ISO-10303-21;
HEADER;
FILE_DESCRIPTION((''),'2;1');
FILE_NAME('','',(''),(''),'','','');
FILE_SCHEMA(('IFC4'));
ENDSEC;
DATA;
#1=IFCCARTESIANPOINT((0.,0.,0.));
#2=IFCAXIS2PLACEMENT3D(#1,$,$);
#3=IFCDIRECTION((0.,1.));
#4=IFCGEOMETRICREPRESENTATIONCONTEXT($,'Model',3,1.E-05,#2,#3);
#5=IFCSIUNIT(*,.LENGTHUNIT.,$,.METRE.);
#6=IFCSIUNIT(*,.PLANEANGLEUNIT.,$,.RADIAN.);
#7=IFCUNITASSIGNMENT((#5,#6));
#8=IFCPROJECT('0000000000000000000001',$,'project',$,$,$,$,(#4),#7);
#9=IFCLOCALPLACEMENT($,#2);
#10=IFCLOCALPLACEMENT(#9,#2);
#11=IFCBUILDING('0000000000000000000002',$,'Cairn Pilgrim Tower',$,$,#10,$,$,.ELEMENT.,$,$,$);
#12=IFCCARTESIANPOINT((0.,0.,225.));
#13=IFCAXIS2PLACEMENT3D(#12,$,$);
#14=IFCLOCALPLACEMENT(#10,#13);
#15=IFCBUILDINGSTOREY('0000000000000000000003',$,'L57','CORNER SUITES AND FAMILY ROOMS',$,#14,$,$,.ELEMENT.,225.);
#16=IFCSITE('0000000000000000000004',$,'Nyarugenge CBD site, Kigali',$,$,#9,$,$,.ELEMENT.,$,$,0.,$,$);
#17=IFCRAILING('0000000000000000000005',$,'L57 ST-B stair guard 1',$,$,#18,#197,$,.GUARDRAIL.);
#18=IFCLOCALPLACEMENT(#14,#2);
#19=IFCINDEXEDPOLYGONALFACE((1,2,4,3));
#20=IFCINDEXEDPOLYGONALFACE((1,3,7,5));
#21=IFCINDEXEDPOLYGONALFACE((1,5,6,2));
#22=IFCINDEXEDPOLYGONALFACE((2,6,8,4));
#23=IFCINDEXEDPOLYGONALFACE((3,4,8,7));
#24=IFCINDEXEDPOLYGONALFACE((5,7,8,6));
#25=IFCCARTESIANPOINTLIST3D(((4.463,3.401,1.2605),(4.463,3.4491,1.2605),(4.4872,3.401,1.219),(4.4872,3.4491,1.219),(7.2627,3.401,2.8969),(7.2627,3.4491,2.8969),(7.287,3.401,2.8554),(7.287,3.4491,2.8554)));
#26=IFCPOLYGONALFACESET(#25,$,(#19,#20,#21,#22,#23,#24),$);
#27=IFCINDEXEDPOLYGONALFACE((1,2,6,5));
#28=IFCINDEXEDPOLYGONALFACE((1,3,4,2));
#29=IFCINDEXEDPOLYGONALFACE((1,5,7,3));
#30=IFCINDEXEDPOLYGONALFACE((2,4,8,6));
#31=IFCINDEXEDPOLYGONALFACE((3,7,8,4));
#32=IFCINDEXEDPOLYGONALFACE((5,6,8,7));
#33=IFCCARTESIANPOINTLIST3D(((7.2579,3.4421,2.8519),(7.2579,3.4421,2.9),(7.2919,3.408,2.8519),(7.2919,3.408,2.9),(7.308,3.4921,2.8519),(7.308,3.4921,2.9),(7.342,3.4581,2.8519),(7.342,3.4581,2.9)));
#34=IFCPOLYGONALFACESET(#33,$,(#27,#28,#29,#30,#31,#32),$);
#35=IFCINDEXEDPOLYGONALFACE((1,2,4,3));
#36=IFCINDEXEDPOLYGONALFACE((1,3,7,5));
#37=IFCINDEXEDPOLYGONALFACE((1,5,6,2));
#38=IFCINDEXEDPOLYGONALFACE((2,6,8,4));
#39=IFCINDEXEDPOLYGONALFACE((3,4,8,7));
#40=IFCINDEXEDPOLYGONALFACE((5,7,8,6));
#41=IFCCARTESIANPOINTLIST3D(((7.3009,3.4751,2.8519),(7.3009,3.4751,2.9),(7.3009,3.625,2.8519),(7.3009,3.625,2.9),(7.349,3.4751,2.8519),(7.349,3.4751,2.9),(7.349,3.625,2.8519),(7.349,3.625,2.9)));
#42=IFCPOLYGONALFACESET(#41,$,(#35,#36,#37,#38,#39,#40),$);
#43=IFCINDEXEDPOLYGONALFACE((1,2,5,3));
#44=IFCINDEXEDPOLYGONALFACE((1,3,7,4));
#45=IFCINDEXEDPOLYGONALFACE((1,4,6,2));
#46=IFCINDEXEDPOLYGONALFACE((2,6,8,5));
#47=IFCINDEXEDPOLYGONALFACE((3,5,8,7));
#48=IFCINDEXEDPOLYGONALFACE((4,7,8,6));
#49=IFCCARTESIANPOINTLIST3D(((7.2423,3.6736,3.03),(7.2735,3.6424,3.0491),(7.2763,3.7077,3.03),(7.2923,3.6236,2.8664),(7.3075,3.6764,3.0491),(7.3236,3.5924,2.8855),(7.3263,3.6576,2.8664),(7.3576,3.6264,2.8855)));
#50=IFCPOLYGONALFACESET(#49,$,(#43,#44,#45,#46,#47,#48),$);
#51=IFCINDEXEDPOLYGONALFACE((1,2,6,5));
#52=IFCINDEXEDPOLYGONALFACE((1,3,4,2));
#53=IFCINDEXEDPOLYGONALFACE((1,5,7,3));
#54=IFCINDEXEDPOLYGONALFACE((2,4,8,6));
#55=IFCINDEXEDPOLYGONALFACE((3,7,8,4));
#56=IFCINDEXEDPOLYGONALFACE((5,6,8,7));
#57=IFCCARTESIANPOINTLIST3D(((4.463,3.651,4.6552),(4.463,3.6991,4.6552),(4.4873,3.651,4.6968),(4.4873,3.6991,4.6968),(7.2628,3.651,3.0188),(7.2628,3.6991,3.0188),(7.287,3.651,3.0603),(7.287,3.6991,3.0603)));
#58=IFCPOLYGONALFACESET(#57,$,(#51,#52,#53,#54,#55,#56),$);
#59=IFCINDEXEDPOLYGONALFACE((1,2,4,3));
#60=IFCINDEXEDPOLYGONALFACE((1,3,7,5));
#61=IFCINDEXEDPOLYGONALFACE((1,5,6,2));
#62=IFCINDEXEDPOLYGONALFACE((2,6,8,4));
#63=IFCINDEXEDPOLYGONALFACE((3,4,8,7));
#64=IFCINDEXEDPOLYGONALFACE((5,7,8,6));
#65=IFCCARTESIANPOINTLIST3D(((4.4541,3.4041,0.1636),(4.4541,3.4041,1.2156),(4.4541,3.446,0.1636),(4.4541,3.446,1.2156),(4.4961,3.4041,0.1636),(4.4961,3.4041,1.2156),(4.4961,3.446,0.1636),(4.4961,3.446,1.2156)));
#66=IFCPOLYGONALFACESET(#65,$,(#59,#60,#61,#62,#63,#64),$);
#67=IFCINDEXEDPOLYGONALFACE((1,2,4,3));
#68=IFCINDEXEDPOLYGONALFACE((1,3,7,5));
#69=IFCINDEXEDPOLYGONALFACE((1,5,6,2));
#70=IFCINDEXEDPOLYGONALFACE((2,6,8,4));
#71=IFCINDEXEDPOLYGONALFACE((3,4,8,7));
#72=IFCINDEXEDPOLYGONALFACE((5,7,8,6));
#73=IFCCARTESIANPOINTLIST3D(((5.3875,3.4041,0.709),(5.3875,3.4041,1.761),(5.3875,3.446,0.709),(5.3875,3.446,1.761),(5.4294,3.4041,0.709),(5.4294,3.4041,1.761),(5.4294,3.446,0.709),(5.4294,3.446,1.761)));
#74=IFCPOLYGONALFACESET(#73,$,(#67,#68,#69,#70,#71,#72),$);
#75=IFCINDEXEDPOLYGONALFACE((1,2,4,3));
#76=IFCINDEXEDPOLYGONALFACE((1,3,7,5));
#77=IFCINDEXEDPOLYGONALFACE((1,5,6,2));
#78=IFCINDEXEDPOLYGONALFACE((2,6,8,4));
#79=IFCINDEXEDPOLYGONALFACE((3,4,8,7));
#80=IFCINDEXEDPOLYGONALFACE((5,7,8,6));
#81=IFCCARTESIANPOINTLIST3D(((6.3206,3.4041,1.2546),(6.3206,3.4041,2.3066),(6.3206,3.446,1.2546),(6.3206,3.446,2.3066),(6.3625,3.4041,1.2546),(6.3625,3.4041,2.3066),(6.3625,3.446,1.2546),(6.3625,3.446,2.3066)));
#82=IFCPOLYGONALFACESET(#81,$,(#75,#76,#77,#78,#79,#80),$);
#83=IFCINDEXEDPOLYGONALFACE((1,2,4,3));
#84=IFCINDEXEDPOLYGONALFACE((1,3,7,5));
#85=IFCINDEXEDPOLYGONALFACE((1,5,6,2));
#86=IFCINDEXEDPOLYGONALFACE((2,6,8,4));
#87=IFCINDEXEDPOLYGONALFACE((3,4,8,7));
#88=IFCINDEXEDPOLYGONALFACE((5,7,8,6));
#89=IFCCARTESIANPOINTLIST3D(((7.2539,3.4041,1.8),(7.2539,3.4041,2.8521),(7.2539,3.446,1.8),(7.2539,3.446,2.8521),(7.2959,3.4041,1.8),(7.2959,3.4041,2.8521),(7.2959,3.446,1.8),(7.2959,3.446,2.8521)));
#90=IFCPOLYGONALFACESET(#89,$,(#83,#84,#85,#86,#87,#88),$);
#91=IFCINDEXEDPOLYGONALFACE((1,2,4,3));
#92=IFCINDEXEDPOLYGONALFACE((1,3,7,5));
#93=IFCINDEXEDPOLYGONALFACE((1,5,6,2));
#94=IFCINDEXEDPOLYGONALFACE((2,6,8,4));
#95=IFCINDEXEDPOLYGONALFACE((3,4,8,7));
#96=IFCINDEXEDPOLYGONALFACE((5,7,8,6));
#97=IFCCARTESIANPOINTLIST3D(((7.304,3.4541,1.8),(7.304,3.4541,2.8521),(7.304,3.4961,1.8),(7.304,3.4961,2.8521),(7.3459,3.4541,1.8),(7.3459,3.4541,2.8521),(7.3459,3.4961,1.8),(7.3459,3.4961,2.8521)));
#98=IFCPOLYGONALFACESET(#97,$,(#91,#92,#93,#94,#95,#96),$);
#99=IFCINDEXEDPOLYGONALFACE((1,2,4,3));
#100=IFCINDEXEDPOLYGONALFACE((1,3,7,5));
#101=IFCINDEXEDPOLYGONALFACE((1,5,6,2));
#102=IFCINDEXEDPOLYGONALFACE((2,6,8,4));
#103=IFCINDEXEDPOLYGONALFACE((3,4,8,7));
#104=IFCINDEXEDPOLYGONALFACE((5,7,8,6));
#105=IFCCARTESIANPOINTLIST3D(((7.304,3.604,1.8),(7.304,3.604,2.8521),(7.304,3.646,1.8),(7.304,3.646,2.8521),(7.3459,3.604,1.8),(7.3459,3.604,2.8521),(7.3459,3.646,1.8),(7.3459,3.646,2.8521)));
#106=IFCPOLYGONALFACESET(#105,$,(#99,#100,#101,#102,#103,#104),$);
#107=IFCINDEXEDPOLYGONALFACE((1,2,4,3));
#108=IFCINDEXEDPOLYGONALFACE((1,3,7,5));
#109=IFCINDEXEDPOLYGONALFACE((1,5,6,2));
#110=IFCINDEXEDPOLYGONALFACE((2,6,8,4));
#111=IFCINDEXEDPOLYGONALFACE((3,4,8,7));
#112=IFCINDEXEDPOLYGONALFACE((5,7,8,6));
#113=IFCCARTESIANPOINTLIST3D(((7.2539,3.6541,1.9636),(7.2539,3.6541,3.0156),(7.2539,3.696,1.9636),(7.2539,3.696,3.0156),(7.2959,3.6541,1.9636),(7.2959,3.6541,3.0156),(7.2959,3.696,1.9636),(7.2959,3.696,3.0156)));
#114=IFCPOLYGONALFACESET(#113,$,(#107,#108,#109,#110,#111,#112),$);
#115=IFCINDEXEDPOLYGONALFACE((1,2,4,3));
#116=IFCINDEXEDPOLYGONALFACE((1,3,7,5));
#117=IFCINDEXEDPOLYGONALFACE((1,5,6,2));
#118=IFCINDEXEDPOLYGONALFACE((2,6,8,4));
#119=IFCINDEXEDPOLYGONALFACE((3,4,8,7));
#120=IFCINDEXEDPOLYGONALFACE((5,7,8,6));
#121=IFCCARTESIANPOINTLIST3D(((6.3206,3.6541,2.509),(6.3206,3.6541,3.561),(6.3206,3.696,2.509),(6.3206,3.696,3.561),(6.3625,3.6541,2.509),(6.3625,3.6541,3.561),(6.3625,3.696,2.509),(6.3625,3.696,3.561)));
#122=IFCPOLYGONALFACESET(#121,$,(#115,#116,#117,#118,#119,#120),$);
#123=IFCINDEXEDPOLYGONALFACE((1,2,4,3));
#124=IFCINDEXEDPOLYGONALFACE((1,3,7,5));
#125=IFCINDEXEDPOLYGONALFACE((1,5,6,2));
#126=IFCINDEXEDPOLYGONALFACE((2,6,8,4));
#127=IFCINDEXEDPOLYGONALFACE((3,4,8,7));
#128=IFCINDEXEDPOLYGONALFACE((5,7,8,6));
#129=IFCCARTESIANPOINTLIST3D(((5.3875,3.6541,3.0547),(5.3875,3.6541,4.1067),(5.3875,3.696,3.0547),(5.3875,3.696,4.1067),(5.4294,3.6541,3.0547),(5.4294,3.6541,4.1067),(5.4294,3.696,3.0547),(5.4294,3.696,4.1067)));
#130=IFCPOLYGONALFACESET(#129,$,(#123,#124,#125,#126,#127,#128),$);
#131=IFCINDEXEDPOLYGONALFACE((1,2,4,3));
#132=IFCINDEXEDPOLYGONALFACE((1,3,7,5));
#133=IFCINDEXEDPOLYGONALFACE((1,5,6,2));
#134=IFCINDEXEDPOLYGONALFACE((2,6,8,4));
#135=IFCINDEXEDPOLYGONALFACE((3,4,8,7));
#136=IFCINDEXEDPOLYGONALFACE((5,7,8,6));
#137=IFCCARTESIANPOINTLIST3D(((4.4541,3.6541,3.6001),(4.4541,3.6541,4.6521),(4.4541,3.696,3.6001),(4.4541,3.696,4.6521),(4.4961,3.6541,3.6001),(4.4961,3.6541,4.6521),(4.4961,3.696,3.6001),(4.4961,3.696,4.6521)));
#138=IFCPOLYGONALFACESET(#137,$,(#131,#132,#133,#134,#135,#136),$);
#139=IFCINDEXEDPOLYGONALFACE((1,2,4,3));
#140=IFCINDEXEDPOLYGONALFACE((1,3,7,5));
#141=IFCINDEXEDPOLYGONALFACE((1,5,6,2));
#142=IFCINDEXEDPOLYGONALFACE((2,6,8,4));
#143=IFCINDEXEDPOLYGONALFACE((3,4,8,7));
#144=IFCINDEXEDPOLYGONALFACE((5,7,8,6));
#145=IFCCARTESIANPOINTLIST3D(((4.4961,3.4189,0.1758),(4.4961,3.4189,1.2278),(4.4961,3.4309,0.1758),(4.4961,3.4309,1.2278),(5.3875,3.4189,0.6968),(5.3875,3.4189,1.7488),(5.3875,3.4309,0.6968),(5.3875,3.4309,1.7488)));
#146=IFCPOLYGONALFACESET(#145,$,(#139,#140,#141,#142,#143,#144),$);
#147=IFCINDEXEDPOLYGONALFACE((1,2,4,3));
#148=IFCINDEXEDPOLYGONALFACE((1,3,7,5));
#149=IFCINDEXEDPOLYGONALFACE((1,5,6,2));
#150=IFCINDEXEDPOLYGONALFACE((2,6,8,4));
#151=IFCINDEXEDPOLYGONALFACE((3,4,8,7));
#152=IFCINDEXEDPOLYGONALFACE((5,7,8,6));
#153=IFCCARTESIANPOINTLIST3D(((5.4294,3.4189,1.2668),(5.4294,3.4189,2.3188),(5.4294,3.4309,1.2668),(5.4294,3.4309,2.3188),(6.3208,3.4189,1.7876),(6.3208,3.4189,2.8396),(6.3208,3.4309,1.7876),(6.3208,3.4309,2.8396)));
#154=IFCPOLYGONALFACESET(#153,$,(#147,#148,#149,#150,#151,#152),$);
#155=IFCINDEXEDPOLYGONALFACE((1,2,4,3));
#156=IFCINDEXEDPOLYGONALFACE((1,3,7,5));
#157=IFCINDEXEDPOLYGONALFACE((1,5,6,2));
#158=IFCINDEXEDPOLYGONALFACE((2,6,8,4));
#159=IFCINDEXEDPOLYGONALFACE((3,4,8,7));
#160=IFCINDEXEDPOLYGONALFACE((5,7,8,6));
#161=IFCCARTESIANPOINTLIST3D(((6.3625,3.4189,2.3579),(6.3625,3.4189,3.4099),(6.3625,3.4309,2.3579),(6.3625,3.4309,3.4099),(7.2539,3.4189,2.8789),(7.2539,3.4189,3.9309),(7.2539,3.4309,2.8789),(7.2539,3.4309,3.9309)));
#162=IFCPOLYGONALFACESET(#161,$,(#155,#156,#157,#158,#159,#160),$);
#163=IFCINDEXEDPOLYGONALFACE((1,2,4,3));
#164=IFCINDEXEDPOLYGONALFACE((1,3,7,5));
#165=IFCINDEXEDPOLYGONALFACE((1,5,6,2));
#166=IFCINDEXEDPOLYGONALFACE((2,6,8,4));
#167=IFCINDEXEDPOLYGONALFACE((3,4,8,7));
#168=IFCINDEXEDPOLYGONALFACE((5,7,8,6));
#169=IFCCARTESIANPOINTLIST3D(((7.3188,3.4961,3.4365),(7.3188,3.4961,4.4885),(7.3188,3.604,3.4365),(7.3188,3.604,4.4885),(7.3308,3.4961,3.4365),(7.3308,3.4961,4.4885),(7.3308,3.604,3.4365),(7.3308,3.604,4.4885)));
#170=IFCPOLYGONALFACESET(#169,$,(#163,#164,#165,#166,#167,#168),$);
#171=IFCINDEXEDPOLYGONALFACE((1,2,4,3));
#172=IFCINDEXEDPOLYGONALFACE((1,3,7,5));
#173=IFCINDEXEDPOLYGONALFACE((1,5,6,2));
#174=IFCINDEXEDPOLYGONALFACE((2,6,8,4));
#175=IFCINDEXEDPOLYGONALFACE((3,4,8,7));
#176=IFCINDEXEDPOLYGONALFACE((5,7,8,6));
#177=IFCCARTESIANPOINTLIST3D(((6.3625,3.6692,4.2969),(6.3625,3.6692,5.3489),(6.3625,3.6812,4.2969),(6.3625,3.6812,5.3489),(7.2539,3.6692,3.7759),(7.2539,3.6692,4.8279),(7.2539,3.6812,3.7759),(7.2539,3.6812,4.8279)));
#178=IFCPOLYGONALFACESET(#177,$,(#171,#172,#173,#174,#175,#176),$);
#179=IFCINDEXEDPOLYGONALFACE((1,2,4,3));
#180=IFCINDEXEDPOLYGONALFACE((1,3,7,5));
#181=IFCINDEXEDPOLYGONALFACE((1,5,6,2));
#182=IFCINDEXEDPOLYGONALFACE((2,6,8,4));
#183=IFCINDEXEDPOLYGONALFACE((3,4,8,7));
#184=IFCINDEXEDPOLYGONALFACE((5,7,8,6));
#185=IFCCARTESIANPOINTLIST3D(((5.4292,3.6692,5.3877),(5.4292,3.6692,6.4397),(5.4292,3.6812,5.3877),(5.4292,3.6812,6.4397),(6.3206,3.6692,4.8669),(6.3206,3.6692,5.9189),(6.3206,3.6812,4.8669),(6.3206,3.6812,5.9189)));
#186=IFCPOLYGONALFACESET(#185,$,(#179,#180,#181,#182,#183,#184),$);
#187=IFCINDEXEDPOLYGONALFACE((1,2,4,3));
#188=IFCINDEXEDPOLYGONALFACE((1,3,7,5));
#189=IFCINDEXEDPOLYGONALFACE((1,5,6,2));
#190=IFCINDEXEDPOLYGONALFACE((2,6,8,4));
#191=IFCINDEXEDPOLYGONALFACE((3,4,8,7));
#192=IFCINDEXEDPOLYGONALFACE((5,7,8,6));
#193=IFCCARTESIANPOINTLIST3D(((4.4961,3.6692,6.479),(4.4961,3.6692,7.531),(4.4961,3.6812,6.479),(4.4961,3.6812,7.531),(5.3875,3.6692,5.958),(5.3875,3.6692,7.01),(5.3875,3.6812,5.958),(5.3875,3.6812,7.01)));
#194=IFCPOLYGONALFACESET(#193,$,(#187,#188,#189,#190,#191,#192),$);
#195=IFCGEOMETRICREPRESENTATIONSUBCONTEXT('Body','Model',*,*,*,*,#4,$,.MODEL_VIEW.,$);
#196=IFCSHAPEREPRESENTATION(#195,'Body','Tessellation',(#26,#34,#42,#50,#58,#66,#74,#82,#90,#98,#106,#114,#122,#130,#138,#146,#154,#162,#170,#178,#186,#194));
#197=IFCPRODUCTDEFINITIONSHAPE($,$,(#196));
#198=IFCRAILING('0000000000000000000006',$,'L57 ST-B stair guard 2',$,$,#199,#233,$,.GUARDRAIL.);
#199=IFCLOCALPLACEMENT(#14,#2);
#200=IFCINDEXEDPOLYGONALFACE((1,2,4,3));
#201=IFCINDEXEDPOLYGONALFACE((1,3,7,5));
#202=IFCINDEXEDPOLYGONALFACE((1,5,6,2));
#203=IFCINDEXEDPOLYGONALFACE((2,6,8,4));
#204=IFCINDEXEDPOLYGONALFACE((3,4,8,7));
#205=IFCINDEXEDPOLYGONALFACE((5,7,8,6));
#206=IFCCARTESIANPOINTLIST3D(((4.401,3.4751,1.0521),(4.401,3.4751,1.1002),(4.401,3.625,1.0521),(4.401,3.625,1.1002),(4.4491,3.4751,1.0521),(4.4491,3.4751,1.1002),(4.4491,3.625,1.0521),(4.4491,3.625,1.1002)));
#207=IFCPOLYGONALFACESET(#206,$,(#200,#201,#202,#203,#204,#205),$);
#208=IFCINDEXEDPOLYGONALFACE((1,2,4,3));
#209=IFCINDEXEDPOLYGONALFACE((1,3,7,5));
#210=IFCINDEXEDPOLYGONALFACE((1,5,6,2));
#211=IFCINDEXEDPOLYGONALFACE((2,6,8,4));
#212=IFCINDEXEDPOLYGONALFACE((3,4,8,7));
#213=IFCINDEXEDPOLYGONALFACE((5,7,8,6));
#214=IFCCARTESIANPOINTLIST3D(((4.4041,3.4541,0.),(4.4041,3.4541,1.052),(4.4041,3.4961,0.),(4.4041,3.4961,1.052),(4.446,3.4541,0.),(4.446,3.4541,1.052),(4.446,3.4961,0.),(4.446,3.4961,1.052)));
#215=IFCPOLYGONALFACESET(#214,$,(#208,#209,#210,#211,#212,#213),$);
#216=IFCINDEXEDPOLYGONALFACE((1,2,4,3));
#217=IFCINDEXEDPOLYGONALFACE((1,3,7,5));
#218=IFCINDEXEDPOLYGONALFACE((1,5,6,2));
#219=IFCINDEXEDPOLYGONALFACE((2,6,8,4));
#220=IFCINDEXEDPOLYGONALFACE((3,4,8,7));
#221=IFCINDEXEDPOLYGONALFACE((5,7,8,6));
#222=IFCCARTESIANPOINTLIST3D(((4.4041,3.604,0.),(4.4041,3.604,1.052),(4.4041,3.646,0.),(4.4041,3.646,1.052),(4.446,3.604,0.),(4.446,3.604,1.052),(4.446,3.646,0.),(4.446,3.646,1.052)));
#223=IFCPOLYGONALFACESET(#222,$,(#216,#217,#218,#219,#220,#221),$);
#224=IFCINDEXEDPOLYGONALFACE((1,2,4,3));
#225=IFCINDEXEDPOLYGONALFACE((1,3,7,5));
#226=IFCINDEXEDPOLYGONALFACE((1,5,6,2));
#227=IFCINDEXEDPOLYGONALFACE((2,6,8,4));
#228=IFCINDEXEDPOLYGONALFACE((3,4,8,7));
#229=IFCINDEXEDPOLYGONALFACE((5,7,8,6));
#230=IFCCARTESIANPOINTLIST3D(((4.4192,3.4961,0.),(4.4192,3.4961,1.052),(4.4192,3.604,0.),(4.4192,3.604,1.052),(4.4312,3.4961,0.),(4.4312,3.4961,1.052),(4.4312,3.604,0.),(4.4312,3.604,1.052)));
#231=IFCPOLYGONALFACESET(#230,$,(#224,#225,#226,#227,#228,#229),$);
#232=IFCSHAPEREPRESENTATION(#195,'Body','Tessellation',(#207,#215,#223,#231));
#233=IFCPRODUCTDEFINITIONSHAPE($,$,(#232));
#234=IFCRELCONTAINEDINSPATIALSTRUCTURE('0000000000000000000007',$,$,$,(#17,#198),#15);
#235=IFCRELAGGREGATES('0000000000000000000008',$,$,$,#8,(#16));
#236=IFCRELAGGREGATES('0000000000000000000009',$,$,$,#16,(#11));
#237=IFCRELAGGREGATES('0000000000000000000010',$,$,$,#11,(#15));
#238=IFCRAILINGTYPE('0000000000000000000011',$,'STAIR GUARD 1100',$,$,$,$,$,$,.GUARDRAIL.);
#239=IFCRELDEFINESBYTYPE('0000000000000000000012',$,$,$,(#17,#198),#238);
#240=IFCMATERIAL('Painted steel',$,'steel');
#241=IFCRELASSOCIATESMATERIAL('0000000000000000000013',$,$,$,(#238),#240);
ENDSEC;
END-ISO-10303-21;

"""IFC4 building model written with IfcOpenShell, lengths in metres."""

from ifc_helpers import new_model, si_unit, direction, frame, origin, origin_2d, place, context, subcontext, project, spatial, polyline, rectangle, outline, extrude, material, type_object, element, save


model = new_model("IFC4")

# Units and contexts
model_context = context("Model", 3, precision=1e-05, world=origin(), true_north=direction((0.0, 1.0)))
body_context = subcontext(model_context, "Body", "Model", "MODEL_VIEW")
ifc_project = project(units=[si_unit("LENGTHUNIT", "METRE"), si_unit("PLANEANGLEUNIT", "RADIAN")], contexts=[model_context])

# Site, building, storey
site_placement = place(None, origin())
site = spatial("IfcSite", under=ifc_project, at=site_placement, Name="Nyarugenge CBD site, Kigali", CompositionType="ELEMENT", RefElevation=0.0)
building_placement = place(site_placement, origin())
building = spatial("IfcBuilding", under=site, at=building_placement, Name="Cairn Pilgrim Tower", CompositionType="ELEMENT")
storey_placement = place(building_placement, frame((0.0, 0.0, 225.0)))
storey = spatial("IfcBuildingStorey", under=building, at=storey_placement, Name="L57", Description="CORNER SUITES AND FAMILY ROOMS", CompositionType="ELEMENT", Elevation=225.0)

# Shared definitions
ifc_material_1 = material(Name="Painted steel", Category="steel")

# Railings
railing_type_1 = type_object("IfcRailingType", Name="STAIR GUARD 1100", PredefinedType="GUARDRAIL", material=ifc_material_1)
railing_1_placement = place(storey_placement, frame((4.4751, 3.425, 0.1636)))
element("IfcRailing", 1, at=railing_1_placement, inside=storey, type_object=railing_type_1, Name="L57 ST-B stair guard 1", PredefinedType="GUARDRAIL", context=body_context, shape_type="SweptSolid", body=[
    extrude(rectangle(XDim=0.0481, YDim=0.0481, at=origin_2d()), frame((0.0, 0.0, 1.0762), z_axis=(0.863342, 0.0, 0.50462), x_axis=(0.0, 1.0, 0.0)), (0.0, 0.0, 1.0), 3.2429),
    extrude(rectangle(XDim=0.0481, YDim=0.0481, at=origin_2d()), frame((2.7998, 0.0, 2.7124), z_axis=(0.707107, 0.707107, 0.0), x_axis=(-0.707107, 0.707107, 0.0)), (0.0, 0.0, 1.0), 0.0708),
    extrude(rectangle(XDim=0.0481, YDim=0.0481, at=origin_2d()), frame((2.8499, 0.05, 2.7124), z_axis=(0.0, 1.0, 0.0), x_axis=(-1.0, 0.0, 0.0)), (0.0, 0.0, 1.0), 0.1499),
    extrude(rectangle(XDim=0.0481, YDim=0.0481, at=origin_2d()), frame((2.8499, 0.2, 2.7124), z_axis=(-0.280809, 0.280809, 0.917765), x_axis=(-0.707107, -0.707107, 0.0)), (0.0, 0.0, 1.0), 0.1782),
    extrude(rectangle(XDim=0.0481, YDim=0.0481, at=origin_2d()), frame((2.7998, 0.25, 2.876), z_axis=(-0.863342, 0.0, 0.50462), x_axis=(0.0, -1.0, 0.0)), (0.0, 0.0, 1.0), 3.2429),
    extrude(rectangle(XDim=0.042, YDim=0.042, at=origin_2d()), origin(), (0.0, 0.0, 1.0), 1.052),
    extrude(rectangle(XDim=0.042, YDim=0.042, at=origin_2d()), frame((0.9333, 0.0, 0.5454)), (0.0, 0.0, 1.0), 1.052),
    extrude(rectangle(XDim=0.042, YDim=0.042, at=origin_2d()), frame((1.8665, 0.0, 1.0911)), (0.0, 0.0, 1.0), 1.052),
    extrude(rectangle(XDim=0.042, YDim=0.042, at=origin_2d()), frame((2.7998, 0.0, 1.6365)), (0.0, 0.0, 1.0), 1.052),
    extrude(rectangle(XDim=0.042, YDim=0.042, at=origin_2d()), frame((2.8499, 0.05, 1.6365)), (0.0, 0.0, 1.0), 1.052),
    extrude(rectangle(XDim=0.042, YDim=0.042, at=origin_2d()), frame((2.8499, 0.2, 1.6365)), (0.0, 0.0, 1.0), 1.052),
    extrude(rectangle(XDim=0.042, YDim=0.042, at=origin_2d()), frame((2.7998, 0.25, 1.8)), (0.0, 0.0, 1.0), 1.052),
    extrude(rectangle(XDim=0.042, YDim=0.042, at=origin_2d()), frame((1.8665, 0.25, 2.3455)), (0.0, 0.0, 1.0), 1.052),
    extrude(rectangle(XDim=0.042, YDim=0.042, at=origin_2d()), frame((0.9333, 0.25, 2.8911)), (0.0, 0.0, 1.0), 1.052),
    extrude(rectangle(XDim=0.042, YDim=0.042, at=origin_2d()), frame((0.0, 0.25, 3.4365)), (0.0, 0.0, 1.0), 1.052),
    extrude(outline(polyline([(0.021, 0.0122), (0.9124, 0.5332), (0.9124, 1.5852), (0.021, 1.0642), (0.021, 0.0122)])), frame((0.0, 0.0059, 0.0), z_axis=(0.0, -1.0, 0.0), x_axis=(1.0, 0.0, 0.0)), (0.0, 0.0, 1.0), 0.012),
    extrude(outline(polyline([(0.021, 0.5579), (0.9124, 1.0786), (0.9124, 2.1306), (0.021, 1.6099), (0.021, 0.5579)])), frame((0.9333, 0.0059, 0.5454), z_axis=(0.0, -1.0, 0.0), x_axis=(1.0, 0.0, 0.0)), (0.0, 0.0, 1.0), 0.012),
    extrude(outline(polyline([(0.021, 1.1033), (0.9124, 1.6243), (0.9124, 2.6763), (0.021, 2.1553), (0.021, 1.1033)])), frame((1.8665, 0.0059, 1.0911), z_axis=(0.0, -1.0, 0.0), x_axis=(1.0, 0.0, 0.0)), (0.0, 0.0, 1.0), 0.012),
    extrude(outline(polyline([(0.021, 1.6365), (0.1289, 1.6365), (0.1289, 2.6885), (0.021, 2.6885), (0.021, 1.6365)])), frame((2.8438, 0.05, 1.6365), z_axis=(1.0, 0.0, 0.0), x_axis=(0.0, 1.0, 0.0)), (0.0, 0.0, 1.0), 0.012),
    extrude(outline(polyline([(0.021, 1.8123), (0.9124, 2.3333), (0.9124, 3.3853), (0.021, 2.8643), (0.021, 1.8123)])), frame((2.7998, 0.2441, 1.8), z_axis=(0.0, 1.0, 0.0), x_axis=(-1.0, 0.0, 0.0)), (0.0, 0.0, 1.0), 0.012),
    extrude(outline(polyline([(0.021, 2.3579), (0.9124, 2.8787), (0.9124, 3.9307), (0.021, 3.4099), (0.021, 2.3579)])), frame((1.8665, 0.2441, 2.3455), z_axis=(0.0, 1.0, 0.0), x_axis=(-1.0, 0.0, 0.0)), (0.0, 0.0, 1.0), 0.012),
    extrude(outline(polyline([(0.021, 2.9033), (0.9124, 3.4243), (0.9124, 4.4763), (0.021, 3.9553), (0.021, 2.9033)])), frame((0.9333, 0.2441, 2.8911), z_axis=(0.0, 1.0, 0.0), x_axis=(-1.0, 0.0, 0.0)), (0.0, 0.0, 1.0), 0.012),
])
railing_2_placement = place(storey_placement, frame((4.425, 3.4751, 0.0)))
element("IfcRailing", 2, at=railing_2_placement, inside=storey, type_object=railing_type_1, Name="L57 ST-B stair guard 2", PredefinedType="GUARDRAIL", context=body_context, shape_type="SweptSolid", body=[
    extrude(rectangle(XDim=0.0481, YDim=0.0481, at=origin_2d()), frame((0.0, 0.0, 1.0762), z_axis=(0.0, 1.0, 0.0), x_axis=(-1.0, 0.0, 0.0)), (0.0, 0.0, 1.0), 0.1499),
    extrude(rectangle(XDim=0.042, YDim=0.042, at=origin_2d()), origin(), (0.0, 0.0, 1.0), 1.052),
    extrude(rectangle(XDim=0.042, YDim=0.042, at=origin_2d()), frame((0.0, 0.1499, 0.0)), (0.0, 0.0, 1.0), 1.052),
    extrude(outline(polyline([(0.021, 0.0), (0.1289, 0.0), (0.1289, 1.052), (0.021, 1.052), (0.021, 0.0)])), frame((-0.0059, 0.0, 0.0), z_axis=(1.0, 0.0, 0.0), x_axis=(0.0, 1.0, 0.0)), (0.0, 0.0, 1.0), 0.012),
])

save(model, "model.ifc")
